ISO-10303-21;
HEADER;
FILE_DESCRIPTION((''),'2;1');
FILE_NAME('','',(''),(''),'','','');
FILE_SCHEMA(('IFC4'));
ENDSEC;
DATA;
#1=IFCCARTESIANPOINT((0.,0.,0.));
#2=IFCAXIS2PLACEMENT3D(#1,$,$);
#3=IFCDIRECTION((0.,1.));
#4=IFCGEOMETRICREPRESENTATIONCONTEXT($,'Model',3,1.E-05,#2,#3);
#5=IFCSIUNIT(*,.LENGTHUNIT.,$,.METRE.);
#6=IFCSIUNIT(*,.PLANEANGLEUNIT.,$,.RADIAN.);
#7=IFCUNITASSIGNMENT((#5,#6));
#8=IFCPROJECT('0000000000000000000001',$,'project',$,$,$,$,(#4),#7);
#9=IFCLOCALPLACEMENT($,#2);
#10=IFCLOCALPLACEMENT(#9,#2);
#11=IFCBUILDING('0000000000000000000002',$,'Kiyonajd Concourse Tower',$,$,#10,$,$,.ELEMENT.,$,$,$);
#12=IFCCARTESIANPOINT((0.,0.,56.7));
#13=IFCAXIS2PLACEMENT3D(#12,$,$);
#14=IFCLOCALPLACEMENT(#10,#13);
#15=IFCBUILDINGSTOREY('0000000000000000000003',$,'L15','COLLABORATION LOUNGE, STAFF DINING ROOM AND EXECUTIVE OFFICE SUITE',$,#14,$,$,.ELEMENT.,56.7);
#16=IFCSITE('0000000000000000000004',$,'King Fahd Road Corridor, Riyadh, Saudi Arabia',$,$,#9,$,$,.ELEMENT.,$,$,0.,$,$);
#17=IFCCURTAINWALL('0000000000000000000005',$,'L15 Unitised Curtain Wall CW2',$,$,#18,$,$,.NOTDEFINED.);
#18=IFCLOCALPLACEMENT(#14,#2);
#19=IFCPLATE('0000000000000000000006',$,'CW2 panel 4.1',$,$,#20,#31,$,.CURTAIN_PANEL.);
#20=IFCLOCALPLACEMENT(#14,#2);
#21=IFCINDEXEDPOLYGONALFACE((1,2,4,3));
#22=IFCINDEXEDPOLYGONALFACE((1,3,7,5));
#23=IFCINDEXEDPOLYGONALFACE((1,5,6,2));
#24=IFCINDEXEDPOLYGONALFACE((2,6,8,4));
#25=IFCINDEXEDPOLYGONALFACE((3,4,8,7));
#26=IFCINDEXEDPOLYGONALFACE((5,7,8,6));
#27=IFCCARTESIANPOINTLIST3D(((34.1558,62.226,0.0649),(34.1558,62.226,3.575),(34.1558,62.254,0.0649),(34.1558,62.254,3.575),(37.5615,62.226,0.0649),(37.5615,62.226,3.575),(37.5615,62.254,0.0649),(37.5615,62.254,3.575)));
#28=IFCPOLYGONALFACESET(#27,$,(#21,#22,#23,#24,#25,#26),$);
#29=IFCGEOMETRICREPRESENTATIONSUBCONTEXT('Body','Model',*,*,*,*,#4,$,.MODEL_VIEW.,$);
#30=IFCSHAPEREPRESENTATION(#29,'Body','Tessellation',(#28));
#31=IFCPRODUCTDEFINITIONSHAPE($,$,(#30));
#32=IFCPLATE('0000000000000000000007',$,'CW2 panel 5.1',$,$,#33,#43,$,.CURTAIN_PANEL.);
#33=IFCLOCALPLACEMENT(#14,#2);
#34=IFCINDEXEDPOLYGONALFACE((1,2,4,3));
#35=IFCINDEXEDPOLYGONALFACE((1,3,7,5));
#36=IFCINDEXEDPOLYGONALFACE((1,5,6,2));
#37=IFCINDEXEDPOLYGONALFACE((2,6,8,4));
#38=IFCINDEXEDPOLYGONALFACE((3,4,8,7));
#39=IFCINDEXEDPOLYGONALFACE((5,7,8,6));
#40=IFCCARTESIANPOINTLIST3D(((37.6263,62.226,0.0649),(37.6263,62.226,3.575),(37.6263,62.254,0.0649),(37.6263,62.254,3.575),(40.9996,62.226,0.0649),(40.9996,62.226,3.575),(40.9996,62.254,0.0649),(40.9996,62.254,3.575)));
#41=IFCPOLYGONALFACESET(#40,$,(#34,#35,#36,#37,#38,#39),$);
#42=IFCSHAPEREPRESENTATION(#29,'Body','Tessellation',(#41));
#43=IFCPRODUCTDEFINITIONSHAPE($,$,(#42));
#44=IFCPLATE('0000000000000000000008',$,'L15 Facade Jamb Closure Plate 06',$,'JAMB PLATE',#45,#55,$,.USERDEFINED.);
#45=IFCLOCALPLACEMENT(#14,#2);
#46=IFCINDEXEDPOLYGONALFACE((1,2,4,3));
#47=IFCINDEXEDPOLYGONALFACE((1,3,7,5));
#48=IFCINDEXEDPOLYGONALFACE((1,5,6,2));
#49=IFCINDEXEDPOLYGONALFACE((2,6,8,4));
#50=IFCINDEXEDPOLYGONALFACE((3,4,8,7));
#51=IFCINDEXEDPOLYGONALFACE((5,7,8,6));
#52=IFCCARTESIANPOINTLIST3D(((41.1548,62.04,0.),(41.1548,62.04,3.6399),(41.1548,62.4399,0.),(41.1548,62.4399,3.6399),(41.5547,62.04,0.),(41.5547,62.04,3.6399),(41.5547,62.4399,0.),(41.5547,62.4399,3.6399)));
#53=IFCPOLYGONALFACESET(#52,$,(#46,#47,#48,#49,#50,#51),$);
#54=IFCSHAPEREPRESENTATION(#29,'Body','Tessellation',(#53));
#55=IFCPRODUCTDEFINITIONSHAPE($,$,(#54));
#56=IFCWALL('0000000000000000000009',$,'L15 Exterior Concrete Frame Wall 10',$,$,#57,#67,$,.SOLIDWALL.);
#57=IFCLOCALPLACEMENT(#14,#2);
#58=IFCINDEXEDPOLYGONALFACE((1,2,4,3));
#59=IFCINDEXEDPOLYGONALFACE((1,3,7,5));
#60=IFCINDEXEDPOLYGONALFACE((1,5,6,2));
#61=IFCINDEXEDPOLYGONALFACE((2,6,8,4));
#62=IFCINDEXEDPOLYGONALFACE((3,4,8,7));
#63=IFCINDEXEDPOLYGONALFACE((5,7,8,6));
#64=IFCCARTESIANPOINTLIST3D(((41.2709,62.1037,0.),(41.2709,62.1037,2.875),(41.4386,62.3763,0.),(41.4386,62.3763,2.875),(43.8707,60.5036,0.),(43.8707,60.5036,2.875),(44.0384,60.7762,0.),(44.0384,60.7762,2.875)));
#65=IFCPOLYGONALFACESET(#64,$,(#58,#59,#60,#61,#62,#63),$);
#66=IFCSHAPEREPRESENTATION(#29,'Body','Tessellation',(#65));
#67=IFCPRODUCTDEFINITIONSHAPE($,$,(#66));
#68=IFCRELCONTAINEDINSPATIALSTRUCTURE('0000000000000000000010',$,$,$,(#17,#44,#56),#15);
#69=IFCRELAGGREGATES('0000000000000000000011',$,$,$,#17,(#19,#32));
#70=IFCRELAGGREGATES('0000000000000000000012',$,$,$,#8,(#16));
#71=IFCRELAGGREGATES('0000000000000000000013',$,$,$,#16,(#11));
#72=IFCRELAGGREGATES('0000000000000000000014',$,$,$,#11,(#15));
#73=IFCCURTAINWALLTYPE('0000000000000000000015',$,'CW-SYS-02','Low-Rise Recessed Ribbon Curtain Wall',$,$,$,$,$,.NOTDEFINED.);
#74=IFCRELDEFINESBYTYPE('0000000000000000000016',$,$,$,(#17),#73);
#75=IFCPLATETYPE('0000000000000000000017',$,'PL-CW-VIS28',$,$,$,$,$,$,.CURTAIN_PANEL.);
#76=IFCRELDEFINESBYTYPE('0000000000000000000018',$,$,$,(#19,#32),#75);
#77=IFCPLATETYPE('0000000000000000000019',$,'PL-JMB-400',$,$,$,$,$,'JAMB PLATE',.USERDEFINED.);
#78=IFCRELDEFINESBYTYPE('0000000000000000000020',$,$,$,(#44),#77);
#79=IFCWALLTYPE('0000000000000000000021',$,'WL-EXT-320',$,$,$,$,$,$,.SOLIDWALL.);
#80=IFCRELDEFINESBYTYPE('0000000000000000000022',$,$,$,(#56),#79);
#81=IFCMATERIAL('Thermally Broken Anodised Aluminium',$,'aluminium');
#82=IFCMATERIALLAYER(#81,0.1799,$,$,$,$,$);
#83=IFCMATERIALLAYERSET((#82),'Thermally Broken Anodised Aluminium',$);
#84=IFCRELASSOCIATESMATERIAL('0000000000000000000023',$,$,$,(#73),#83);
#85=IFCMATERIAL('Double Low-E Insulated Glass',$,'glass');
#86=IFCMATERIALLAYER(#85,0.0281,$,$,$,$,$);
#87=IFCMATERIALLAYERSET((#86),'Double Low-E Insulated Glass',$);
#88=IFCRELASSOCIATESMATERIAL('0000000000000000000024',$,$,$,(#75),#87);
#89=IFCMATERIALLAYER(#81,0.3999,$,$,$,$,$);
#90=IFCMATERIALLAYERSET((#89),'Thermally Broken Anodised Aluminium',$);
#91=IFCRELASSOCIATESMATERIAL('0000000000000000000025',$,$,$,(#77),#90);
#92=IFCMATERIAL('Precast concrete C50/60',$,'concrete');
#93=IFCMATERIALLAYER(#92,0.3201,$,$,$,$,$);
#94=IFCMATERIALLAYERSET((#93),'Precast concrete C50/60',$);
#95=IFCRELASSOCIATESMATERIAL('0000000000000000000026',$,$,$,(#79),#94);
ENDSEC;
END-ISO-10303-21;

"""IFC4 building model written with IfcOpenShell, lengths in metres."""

from ifc_helpers import new_model, si_unit, direction, frame, frame_2d, origin, origin_2d, place, context, subcontext, project, spatial, rectangle, extrude, material, layer, layer_set, type_object, element, aggregate, save


model = new_model("IFC4")

# Units and contexts
model_context = context("Model", 3, precision=1e-05, world=origin(), true_north=direction((0.0, 1.0)))
body_context = subcontext(model_context, "Body", "Model", "MODEL_VIEW")
ifc_project = project(units=[si_unit("LENGTHUNIT", "METRE"), si_unit("PLANEANGLEUNIT", "RADIAN")], contexts=[model_context])

# Site, building, storey
site_placement = place(None, origin())
site = spatial("IfcSite", under=ifc_project, at=site_placement, Name="King Fahd Road Corridor, Riyadh, Saudi Arabia", CompositionType="ELEMENT", RefElevation=0.0)
building_placement = place(site_placement, origin())
building = spatial("IfcBuilding", under=site, at=building_placement, Name="Kiyonajd Concourse Tower", CompositionType="ELEMENT")
storey_placement = place(building_placement, frame((0.0, 0.0, 56.7)))
storey = spatial("IfcBuildingStorey", under=building, at=storey_placement, Name="L15", Description="COLLABORATION LOUNGE, STAFF DINING ROOM AND EXECUTIVE OFFICE SUITE", CompositionType="ELEMENT", Elevation=56.7)

# Shared definitions
ifc_material_1 = material(Name="Precast concrete C50/60", Category="concrete")

# Curtain wall, plates
ifc_material_2 = material(Name="Thermally Broken Anodised Aluminium", Category="aluminium")
ifc_layer_1 = layer(ifc_material_2, 0.1799)
ifc_layer_set_1 = layer_set([ifc_layer_1], Name="Thermally Broken Anodised Aluminium")
curtain_wall_type = type_object("IfcCurtainWallType", Name="CW-SYS-02", Description="Low-Rise Recessed Ribbon Curtain Wall", PredefinedType="NOTDEFINED", material=ifc_layer_set_1)
curtain_wall_placement = place(storey_placement, origin())
curtain_wall = element("IfcCurtainWall", 1, at=curtain_wall_placement, inside=storey, type_object=curtain_wall_type, Name="L15 Unitised Curtain Wall CW2", PredefinedType="NOTDEFINED")
ifc_material_3 = material(Name="Double Low-E Insulated Glass", Category="glass")
ifc_layer_2 = layer(ifc_material_3, 0.0281)
ifc_layer_set_2 = layer_set([ifc_layer_2], Name="Double Low-E Insulated Glass")
plate_type_1 = type_object("IfcPlateType", Name="PL-CW-VIS28", PredefinedType="CURTAIN_PANEL", material=ifc_layer_set_2)
plate_1_placement = place(storey_placement, frame((35.8586, 62.24, 0.0649), z_axis=(0.0, 0.0, 1.0), x_axis=(1.0, 0.0, 0.0)))
plate_1 = element("IfcPlate", 2, at=plate_1_placement, type_object=plate_type_1, Name="CW2 panel 4.1", PredefinedType="CURTAIN_PANEL", context=body_context, shape_type="SweptSolid", body=[
    extrude(rectangle(XDim=3.4058, YDim=0.0281, at=origin_2d()), origin(), (0.0, 0.0, 1.0), 3.51),
])
plate_2_placement = place(storey_placement, frame((39.313, 62.24, 0.0649), z_axis=(0.0, 0.0, 1.0), x_axis=(1.0, 0.0, 0.0)))
plate_2 = element("IfcPlate", 3, at=plate_2_placement, type_object=plate_type_1, Name="CW2 panel 5.1", PredefinedType="CURTAIN_PANEL", context=body_context, shape_type="SweptSolid", body=[
    extrude(rectangle(XDim=3.3733, YDim=0.0281, at=origin_2d()), origin(), (0.0, 0.0, 1.0), 3.51),
])
aggregate(curtain_wall, [plate_1, plate_2])

# Plate
ifc_layer_3 = layer(ifc_material_2, 0.3999)
ifc_layer_set_3 = layer_set([ifc_layer_3], Name="Thermally Broken Anodised Aluminium")
plate_type_2 = type_object("IfcPlateType", Name="PL-JMB-400", ElementType="JAMB PLATE", PredefinedType="USERDEFINED", material=ifc_layer_set_3)
plate_3_placement = place(storey_placement, frame((41.3547, 62.24, 0.0), z_axis=(0.0, 0.0, 1.0), x_axis=(1.0, 0.0, 0.0)))
element("IfcPlate", 4, at=plate_3_placement, inside=storey, type_object=plate_type_2, Name="L15 Facade Jamb Closure Plate 06", ObjectType="JAMB PLATE", PredefinedType="USERDEFINED", context=body_context, shape_type="SweptSolid", body=[
    extrude(rectangle(XDim=0.3999, YDim=0.3999, at=origin_2d()), origin(), (0.0, 0.0, 1.0), 3.6399),
])

# Wall
ifc_layer_4 = layer(ifc_material_1, 0.3201)
ifc_layer_set_4 = layer_set([ifc_layer_4], Name="Precast concrete C50/60")
wall_type = type_object("IfcWallType", Name="WL-EXT-320", PredefinedType="SOLIDWALL", material=ifc_layer_set_4)
wall_placement = place(storey_placement, frame((41.3547, 62.24, 0.0), z_axis=(0.0, 0.0, 1.0), x_axis=(0.851631, -0.524142, 0.0)))
element("IfcWall", 5, at=wall_placement, inside=storey, type_object=wall_type, Name="L15 Exterior Concrete Frame Wall 10", PredefinedType="SOLIDWALL", context=body_context, shape_type="SweptSolid", body=[
    extrude(rectangle(XDim=3.0527, YDim=0.3201, at=frame_2d((1.5264, 0.0))), origin(), (0.0, 0.0, 1.0), 2.875),
])

save(model, "model.ifc")
